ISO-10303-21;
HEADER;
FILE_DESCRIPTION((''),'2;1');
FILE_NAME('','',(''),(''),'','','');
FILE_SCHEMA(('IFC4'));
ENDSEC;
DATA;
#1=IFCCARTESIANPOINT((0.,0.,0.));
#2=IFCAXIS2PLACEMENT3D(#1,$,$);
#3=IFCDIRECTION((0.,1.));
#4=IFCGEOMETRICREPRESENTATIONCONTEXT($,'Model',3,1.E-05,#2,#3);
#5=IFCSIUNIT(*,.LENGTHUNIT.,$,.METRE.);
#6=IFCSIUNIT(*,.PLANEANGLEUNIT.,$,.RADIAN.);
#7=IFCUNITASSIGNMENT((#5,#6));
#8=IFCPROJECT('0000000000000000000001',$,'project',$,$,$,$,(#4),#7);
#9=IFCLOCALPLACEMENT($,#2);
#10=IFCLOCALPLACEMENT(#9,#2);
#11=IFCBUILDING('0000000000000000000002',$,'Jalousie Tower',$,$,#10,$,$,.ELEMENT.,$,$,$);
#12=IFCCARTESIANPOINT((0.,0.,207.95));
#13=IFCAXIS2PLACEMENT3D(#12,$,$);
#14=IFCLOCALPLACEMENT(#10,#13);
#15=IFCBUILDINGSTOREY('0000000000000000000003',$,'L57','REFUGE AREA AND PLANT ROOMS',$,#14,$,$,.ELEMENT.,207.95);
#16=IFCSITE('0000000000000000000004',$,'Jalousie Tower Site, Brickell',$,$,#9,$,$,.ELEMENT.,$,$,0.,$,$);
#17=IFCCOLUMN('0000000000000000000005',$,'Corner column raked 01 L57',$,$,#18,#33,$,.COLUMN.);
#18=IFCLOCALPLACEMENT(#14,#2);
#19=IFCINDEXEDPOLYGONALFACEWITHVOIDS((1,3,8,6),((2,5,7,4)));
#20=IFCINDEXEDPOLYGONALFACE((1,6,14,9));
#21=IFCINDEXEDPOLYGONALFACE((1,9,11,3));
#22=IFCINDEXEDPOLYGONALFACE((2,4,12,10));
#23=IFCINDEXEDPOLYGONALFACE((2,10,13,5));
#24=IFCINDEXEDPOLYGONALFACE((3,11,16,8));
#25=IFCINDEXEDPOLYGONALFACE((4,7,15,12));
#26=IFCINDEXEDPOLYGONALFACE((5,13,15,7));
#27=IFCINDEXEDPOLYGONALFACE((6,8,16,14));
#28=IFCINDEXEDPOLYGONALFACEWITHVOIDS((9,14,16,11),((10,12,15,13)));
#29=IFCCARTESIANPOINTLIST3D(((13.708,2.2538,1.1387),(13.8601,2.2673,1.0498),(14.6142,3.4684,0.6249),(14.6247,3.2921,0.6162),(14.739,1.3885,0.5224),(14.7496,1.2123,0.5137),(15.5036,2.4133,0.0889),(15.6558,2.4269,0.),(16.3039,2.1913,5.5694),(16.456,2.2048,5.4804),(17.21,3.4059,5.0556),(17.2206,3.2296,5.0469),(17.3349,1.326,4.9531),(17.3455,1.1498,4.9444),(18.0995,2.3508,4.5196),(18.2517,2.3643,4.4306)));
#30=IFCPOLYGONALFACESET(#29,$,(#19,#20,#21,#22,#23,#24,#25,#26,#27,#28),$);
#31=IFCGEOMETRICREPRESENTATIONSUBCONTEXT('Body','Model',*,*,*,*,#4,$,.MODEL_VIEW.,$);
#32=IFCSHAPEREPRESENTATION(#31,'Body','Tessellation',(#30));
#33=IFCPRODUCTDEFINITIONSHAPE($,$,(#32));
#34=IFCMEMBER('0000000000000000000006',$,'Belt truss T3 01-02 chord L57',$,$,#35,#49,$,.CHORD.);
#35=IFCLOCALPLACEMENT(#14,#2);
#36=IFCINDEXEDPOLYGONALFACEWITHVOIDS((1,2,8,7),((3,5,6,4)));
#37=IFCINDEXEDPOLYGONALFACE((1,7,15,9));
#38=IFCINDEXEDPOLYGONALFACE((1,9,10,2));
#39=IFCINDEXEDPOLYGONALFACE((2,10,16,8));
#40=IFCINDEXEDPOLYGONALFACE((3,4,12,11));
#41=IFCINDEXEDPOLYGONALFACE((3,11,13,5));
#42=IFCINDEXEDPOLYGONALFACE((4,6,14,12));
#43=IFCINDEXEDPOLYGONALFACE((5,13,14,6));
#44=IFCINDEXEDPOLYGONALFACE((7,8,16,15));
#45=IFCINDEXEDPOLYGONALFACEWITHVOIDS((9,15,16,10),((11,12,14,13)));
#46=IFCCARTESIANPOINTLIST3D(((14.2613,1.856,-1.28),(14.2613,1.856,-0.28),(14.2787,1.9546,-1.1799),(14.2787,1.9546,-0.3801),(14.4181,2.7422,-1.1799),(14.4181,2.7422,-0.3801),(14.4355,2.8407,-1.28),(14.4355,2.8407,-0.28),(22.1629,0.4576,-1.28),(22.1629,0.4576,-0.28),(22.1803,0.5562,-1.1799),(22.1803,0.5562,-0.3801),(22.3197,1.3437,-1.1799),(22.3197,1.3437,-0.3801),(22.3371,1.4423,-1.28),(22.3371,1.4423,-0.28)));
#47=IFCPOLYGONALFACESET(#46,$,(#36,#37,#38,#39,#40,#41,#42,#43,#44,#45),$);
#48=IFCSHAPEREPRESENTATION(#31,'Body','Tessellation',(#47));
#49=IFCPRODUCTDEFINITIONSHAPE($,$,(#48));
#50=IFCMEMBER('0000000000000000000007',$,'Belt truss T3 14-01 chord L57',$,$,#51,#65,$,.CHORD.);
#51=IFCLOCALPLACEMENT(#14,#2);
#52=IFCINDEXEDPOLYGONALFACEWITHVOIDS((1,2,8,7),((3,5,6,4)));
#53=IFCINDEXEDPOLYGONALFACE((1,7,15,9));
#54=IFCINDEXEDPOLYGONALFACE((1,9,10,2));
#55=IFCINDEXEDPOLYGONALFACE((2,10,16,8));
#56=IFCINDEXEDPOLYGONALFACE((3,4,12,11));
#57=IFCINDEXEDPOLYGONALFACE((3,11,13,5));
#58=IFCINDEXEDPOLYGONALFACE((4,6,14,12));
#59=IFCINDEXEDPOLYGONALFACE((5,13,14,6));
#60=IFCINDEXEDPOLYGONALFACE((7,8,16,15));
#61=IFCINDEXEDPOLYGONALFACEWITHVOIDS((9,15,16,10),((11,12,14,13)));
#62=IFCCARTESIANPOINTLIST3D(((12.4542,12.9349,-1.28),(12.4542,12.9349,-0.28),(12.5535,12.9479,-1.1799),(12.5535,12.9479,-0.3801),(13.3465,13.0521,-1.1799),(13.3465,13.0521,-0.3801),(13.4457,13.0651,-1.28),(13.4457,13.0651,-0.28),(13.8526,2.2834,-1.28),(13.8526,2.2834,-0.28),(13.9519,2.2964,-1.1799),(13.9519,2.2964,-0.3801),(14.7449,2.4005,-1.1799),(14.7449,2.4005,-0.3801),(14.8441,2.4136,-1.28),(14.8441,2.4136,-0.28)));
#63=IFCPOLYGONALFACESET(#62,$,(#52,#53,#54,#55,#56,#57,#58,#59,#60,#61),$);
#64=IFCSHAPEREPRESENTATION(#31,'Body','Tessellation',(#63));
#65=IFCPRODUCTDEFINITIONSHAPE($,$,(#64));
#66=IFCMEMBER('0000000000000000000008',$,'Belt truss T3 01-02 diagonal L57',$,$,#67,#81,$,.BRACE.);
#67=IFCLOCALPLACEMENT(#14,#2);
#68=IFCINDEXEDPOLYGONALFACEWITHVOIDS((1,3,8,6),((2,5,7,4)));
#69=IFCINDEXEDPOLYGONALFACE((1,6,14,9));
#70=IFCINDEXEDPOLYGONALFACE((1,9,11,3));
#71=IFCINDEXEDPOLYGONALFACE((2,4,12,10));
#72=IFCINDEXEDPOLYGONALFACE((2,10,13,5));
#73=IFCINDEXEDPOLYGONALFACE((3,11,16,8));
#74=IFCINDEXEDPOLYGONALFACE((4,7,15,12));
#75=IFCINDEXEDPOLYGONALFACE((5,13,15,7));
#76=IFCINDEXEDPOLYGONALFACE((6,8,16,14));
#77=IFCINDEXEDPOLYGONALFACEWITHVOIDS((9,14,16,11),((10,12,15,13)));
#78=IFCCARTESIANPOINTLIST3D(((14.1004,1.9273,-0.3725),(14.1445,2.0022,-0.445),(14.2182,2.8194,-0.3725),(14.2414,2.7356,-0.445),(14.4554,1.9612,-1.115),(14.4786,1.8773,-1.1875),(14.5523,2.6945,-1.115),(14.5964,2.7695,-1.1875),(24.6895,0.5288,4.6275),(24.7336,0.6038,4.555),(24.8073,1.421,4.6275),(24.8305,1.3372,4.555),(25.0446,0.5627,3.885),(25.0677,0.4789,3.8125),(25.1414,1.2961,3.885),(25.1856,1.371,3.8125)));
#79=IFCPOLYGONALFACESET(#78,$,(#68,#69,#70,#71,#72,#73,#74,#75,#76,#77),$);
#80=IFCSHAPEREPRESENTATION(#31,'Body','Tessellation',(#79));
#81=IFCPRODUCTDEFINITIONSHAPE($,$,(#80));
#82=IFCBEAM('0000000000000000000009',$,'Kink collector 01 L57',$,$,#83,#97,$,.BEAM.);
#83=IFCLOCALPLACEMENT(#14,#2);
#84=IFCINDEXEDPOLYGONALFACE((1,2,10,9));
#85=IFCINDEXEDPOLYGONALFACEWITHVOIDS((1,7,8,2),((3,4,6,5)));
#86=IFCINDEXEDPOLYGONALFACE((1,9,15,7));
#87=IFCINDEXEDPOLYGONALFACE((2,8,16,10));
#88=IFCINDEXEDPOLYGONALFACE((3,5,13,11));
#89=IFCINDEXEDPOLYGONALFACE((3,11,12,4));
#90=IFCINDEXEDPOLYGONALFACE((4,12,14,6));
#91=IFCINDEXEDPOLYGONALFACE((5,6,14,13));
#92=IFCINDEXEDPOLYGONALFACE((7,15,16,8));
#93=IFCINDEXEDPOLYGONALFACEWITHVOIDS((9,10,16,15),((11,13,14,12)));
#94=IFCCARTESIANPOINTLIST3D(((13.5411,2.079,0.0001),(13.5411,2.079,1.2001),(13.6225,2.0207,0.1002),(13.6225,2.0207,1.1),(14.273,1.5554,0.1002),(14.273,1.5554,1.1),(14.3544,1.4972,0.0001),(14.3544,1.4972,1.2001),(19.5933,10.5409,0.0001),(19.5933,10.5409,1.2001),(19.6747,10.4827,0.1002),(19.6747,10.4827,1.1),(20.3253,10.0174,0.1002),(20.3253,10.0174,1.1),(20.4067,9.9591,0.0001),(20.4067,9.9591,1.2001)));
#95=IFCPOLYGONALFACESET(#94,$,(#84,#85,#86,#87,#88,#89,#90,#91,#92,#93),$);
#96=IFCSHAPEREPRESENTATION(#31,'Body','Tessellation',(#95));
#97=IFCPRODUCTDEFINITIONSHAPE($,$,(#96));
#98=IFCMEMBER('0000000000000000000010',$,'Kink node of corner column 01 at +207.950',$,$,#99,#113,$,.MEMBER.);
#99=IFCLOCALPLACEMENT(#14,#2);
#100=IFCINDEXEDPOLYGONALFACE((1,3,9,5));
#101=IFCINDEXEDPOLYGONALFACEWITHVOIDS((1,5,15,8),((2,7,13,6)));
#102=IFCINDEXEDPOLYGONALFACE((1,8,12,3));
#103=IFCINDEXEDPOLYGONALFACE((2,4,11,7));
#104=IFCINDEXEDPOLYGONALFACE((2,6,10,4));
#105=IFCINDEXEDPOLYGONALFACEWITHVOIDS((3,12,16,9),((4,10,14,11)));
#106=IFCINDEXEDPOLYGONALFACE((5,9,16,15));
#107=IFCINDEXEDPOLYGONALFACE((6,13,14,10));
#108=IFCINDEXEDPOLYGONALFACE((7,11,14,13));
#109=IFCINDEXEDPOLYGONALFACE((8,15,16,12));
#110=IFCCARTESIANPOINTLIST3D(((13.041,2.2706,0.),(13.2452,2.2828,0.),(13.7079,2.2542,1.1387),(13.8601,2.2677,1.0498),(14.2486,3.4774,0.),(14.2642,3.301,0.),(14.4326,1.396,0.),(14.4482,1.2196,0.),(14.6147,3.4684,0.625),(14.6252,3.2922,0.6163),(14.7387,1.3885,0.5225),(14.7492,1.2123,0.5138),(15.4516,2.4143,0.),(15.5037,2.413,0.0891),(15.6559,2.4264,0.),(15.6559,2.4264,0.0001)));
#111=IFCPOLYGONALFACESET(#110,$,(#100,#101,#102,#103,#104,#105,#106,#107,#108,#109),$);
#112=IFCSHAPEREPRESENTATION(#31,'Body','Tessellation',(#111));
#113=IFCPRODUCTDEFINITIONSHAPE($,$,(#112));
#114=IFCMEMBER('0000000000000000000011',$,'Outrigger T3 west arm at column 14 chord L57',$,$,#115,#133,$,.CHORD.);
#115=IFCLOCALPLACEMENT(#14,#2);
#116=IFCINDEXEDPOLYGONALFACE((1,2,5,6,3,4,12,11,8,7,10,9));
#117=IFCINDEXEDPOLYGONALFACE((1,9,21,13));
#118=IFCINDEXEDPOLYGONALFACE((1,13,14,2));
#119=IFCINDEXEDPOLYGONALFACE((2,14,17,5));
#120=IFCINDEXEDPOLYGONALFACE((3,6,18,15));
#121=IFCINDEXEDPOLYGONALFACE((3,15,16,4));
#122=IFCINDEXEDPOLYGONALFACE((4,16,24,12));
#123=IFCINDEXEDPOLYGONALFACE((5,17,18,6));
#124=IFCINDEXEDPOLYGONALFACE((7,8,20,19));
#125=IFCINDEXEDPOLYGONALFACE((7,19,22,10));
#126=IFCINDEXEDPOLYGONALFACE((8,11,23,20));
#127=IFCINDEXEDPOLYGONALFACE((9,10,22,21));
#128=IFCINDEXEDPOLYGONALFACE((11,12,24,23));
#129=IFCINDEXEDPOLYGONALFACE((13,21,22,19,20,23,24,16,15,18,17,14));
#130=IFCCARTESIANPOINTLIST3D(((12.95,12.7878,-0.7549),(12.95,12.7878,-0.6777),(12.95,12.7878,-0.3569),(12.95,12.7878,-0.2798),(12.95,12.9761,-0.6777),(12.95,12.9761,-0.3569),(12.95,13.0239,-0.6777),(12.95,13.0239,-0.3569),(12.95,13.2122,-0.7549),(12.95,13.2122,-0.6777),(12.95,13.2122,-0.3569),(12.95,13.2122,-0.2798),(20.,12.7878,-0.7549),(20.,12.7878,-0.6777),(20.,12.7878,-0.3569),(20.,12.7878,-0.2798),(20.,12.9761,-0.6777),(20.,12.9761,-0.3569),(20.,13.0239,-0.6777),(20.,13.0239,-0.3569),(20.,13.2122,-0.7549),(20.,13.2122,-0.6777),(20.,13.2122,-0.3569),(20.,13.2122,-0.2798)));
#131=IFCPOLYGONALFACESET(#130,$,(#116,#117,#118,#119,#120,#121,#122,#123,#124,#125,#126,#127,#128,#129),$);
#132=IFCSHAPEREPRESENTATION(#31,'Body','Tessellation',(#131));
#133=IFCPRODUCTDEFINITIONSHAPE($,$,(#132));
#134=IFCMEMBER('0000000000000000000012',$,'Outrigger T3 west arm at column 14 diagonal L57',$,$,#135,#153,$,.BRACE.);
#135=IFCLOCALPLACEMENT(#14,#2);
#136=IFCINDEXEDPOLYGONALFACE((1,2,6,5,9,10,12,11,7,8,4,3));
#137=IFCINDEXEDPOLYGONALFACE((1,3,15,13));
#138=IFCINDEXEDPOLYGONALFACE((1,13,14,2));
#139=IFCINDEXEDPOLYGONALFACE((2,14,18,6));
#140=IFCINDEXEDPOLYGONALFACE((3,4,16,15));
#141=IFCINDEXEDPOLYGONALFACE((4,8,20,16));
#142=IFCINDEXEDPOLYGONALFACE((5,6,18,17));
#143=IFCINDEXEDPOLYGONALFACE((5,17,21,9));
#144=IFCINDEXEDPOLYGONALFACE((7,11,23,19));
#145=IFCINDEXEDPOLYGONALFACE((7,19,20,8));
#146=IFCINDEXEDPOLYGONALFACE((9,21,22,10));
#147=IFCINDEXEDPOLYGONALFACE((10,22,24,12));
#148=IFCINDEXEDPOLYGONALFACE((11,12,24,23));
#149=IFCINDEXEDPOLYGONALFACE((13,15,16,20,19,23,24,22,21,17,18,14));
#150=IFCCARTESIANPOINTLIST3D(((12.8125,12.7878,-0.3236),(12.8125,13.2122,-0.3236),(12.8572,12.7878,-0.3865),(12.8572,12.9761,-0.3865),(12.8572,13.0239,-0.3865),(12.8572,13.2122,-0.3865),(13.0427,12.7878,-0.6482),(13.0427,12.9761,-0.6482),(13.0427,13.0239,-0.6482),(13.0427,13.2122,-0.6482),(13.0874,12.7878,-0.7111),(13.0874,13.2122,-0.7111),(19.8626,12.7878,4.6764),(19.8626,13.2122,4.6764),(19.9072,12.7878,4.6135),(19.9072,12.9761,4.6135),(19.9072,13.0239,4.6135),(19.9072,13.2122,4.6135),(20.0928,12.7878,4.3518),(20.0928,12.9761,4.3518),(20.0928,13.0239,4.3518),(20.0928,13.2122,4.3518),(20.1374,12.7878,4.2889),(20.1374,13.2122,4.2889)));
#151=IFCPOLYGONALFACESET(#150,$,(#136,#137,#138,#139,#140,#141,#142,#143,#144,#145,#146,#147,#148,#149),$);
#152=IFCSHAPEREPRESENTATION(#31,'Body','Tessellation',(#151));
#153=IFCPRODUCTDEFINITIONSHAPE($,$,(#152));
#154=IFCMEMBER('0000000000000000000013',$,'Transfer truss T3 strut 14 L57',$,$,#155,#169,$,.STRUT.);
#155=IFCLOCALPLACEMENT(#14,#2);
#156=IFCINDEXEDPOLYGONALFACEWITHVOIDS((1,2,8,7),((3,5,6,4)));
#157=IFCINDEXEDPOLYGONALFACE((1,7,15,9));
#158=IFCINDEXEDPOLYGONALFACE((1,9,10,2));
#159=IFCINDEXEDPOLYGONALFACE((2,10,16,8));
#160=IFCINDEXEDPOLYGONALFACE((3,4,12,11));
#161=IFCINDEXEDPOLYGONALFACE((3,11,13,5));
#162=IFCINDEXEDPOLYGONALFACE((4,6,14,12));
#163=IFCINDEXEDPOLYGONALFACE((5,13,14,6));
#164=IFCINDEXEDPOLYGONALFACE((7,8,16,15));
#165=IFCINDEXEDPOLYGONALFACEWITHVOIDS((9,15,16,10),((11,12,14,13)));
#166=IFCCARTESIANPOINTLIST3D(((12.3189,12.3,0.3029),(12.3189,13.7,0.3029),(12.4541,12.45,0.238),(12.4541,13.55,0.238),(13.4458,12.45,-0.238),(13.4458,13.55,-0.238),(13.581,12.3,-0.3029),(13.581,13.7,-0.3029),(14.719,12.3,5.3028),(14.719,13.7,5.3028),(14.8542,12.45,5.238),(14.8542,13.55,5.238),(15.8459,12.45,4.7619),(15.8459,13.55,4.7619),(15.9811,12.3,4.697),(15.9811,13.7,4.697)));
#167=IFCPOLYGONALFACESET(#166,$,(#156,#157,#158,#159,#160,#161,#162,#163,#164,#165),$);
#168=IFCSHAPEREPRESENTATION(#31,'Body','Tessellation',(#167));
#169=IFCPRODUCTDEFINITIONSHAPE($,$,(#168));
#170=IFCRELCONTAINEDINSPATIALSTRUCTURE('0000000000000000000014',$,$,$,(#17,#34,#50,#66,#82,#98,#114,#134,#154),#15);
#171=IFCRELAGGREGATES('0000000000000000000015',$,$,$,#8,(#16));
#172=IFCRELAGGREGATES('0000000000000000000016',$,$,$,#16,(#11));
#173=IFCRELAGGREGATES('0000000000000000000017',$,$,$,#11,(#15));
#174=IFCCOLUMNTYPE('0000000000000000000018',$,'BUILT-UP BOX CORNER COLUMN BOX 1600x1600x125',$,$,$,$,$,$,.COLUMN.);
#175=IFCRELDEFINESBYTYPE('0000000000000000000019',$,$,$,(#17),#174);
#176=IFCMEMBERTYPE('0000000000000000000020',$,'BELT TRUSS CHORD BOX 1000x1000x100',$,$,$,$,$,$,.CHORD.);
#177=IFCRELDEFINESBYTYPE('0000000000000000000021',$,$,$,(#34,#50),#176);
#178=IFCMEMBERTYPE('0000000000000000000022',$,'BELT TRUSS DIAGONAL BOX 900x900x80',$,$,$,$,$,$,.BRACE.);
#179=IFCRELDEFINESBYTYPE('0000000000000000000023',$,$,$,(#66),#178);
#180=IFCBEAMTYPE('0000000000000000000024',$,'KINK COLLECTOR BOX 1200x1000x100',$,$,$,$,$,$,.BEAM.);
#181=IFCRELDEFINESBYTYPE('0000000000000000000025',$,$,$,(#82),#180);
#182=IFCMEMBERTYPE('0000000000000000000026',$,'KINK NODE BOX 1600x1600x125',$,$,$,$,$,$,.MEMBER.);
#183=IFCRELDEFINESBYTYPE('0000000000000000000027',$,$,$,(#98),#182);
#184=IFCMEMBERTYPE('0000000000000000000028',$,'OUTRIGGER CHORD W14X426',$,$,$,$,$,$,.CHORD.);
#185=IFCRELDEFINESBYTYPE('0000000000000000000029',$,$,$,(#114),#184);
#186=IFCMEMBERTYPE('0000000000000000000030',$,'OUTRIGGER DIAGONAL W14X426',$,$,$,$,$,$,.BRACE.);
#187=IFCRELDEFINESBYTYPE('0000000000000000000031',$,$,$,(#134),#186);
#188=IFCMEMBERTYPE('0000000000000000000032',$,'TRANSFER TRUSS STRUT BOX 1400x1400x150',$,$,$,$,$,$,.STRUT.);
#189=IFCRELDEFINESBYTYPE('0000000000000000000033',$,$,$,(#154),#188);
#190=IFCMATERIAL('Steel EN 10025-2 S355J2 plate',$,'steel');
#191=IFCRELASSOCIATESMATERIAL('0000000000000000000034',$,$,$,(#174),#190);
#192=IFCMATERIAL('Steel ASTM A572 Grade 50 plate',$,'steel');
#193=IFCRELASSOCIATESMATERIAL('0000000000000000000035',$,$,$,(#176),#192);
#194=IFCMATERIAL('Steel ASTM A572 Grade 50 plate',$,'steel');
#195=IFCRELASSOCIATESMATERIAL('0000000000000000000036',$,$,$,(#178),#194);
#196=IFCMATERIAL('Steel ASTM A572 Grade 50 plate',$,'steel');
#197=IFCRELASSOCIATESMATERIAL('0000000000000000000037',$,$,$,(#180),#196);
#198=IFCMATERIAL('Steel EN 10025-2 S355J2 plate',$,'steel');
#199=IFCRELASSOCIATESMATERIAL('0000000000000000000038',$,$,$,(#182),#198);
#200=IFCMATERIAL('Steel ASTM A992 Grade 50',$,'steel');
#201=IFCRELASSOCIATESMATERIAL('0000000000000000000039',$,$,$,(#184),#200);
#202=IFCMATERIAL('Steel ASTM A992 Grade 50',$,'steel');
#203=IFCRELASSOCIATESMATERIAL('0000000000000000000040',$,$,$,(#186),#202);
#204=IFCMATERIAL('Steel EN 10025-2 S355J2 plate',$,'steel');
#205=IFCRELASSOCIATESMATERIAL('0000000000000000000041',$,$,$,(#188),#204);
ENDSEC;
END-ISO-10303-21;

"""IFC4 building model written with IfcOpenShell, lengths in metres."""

from ifc_helpers import new_model, si_unit, direction, frame, origin, origin_2d, place, context, subcontext, project, spatial, hollow_rectangle, i_section, extrude, clip, halfspace, material, material_profile, profile_set, type_object, element, save


model = new_model("IFC4")

# Units and contexts
model_context = context("Model", 3, precision=1e-05, world=origin(), true_north=direction((0.0, 1.0)))
body_context = subcontext(model_context, "Body", "Model", "MODEL_VIEW")
ifc_project = project(units=[si_unit("LENGTHUNIT", "METRE"), si_unit("PLANEANGLEUNIT", "RADIAN")], contexts=[model_context])

# Site, building, storey
site_placement = place(None, origin())
site = spatial("IfcSite", under=ifc_project, at=site_placement, Name="Jalousie Tower Site, Brickell", CompositionType="ELEMENT", RefElevation=0.0)
building_placement = place(site_placement, origin())
building = spatial("IfcBuilding", under=site, at=building_placement, Name="Jalousie Tower", CompositionType="ELEMENT")
storey_placement = place(building_placement, frame((0.0, 0.0, 207.95)))
storey = spatial("IfcBuildingStorey", under=building, at=storey_placement, Name="L57", Description="REFUGE AREA AND PLANT ROOMS", CompositionType="ELEMENT", Elevation=207.95)

# Column
ifc_material_1 = material(Name="Steel EN 10025-2 S355J2 plate", Category="steel")
ifc_material_profile_1 = material_profile(ifc_material_1, hollow_rectangle(XDim=1.6001, YDim=1.6001, WallThickness=0.125, at=origin_2d()), Name="BOX 1600x1600x125")
ifc_profile_set_1 = profile_set([ifc_material_profile_1], Name="Steel EN 10025-2 S355J2 plate")
column_type = type_object("IfcColumnType", Name="BUILT-UP BOX CORNER COLUMN BOX 1600x1600x125", PredefinedType="COLUMN", material=ifc_profile_set_1)
column_placement = place(storey_placement, frame((14.6819, 2.3403, 0.5693), z_axis=(0.505478, -0.012175, 0.862754), x_axis=(0.566329, 0.759058, -0.321095)))
element("IfcColumn", 1, at=column_placement, inside=storey, type_object=column_type, Name="Corner column raked 01 L57", PredefinedType="COLUMN", context=body_context, shape_type="SweptSolid", body=[
    extrude(hollow_rectangle(XDim=1.6001, YDim=1.6001, WallThickness=0.125, at=origin_2d()), origin(), (0.0, 0.0, 1.0), 5.1355),
])

# Members
ifc_material_2 = material(Name="Steel ASTM A572 Grade 50 plate", Category="steel")
ifc_material_profile_2 = material_profile(ifc_material_2, hollow_rectangle(XDim=1.0, YDim=1.0, WallThickness=0.1001, at=origin_2d()), Name="BOX 1000x1000x100")
ifc_profile_set_2 = profile_set([ifc_material_profile_2], Name="Steel ASTM A572 Grade 50 plate")
member_type_1 = type_object("IfcMemberType", Name="BELT TRUSS CHORD BOX 1000x1000x100", PredefinedType="CHORD", material=ifc_profile_set_2)
member_1_placement = place(storey_placement, frame((14.3484, 2.3484, -0.78), z_axis=(0.984697, -0.174273, 0.0), x_axis=(0.174273, 0.984697, 0.0)))
element("IfcMember", 2, at=member_1_placement, inside=storey, type_object=member_type_1, Name="Belt truss T3 01-02 chord L57", PredefinedType="CHORD", context=body_context, shape_type="SweptSolid", body=[
    extrude(hollow_rectangle(XDim=1.0, YDim=1.0, WallThickness=0.1001, at=origin_2d()), origin(), (0.0, 0.0, 1.0), 8.0244),
])
member_2_placement = place(storey_placement, frame((12.95, 13.0, -0.78), z_axis=(0.130172, -0.991491, 0.0), x_axis=(0.991491, 0.130172, 0.0)))
element("IfcMember", 3, at=member_2_placement, inside=storey, type_object=member_type_1, Name="Belt truss T3 14-01 chord L57", PredefinedType="CHORD", context=body_context, shape_type="SweptSolid", body=[
    extrude(hollow_rectangle(XDim=1.0, YDim=1.0, WallThickness=0.1001, at=origin_2d()), origin(), (0.0, 0.0, 1.0), 10.7429),
])
ifc_material_3 = material(Name="Steel ASTM A572 Grade 50 plate", Category="steel")
ifc_material_profile_3 = material_profile(ifc_material_3, hollow_rectangle(XDim=0.8999, YDim=0.8999, WallThickness=0.0801, at=origin_2d()), Name="BOX 900x900x80")
ifc_profile_set_3 = profile_set([ifc_material_profile_3], Name="Steel ASTM A572 Grade 50 plate")
member_type_2 = type_object("IfcMemberType", Name="BELT TRUSS DIAGONAL BOX 900x900x80", PredefinedType="BRACE", material=ifc_profile_set_3)
member_3_placement = place(storey_placement, frame((14.3484, 2.3484, -0.78), z_axis=(0.897883, -0.118578, 0.423965), x_axis=(0.130927, 0.991392, 0.0)))
element("IfcMember", 4, at=member_3_placement, inside=storey, type_object=member_type_2, Name="Belt truss T3 01-02 diagonal L57", PredefinedType="BRACE", context=body_context, shape_type="SweptSolid", body=[
    extrude(hollow_rectangle(XDim=0.8999, YDim=0.8999, WallThickness=0.0801, at=origin_2d()), origin(), (0.0, 0.0, 1.0), 11.7935),
])

# Beam
ifc_material_4 = material(Name="Steel ASTM A572 Grade 50 plate", Category="steel")
ifc_material_profile_4 = material_profile(ifc_material_4, hollow_rectangle(XDim=1.0, YDim=1.2, WallThickness=0.1001, at=origin_2d()), Name="BOX 1200x1000x100")
ifc_profile_set_4 = profile_set([ifc_material_profile_4], Name="Steel ASTM A572 Grade 50 plate")
beam_type = type_object("IfcBeamType", Name="KINK COLLECTOR BOX 1200x1000x100", PredefinedType="BEAM", material=ifc_profile_set_4)
beam_placement = place(storey_placement, frame((13.9478, 1.7881, 0.6001), z_axis=(0.581749, 0.813369, 0.0), x_axis=(-0.813369, 0.581749, 0.0)))
element("IfcBeam", 5, at=beam_placement, inside=storey, type_object=beam_type, Name="Kink collector 01 L57", PredefinedType="BEAM", context=body_context, shape_type="SweptSolid", body=[
    extrude(hollow_rectangle(XDim=1.0, YDim=1.2, WallThickness=0.1001, at=origin_2d()), origin(), (0.0, 0.0, 1.0), 10.4036),
])

# Members
ifc_material_5 = material(Name="Steel EN 10025-2 S355J2 plate", Category="steel")
ifc_material_profile_5 = material_profile(ifc_material_5, hollow_rectangle(XDim=1.6001, YDim=1.6001, WallThickness=0.125, at=origin_2d()), Name="BOX 1600x1600x125")
ifc_profile_set_5 = profile_set([ifc_material_profile_5], Name="Steel EN 10025-2 S355J2 plate")
member_type_3 = type_object("IfcMemberType", Name="KINK NODE BOX 1600x1600x125", PredefinedType="MEMBER", material=ifc_profile_set_5)
member_4_placement = place(storey_placement, frame((14.0149, 2.3567, -0.5693), z_axis=(0.505396, -0.012394, 0.862799), x_axis=(0.566691, 0.758809, -0.321046)))
element("IfcMember", 6, at=member_4_placement, inside=storey, type_object=member_type_3, Name="Kink node of corner column 01 at +207.950", PredefinedType="MEMBER", context=body_context, shape_type="Clipping", body=[
    clip(extrude(hollow_rectangle(XDim=1.6001, YDim=1.6001, WallThickness=0.125, at=origin_2d()), origin(), (0.0, 0.0, 1.0), 1.3198), halfspace(frame((0.0, 0.0, 0.6599), z_axis=(-0.321046, 0.390523, 0.862799)), True)),
])
ifc_material_6 = material(Name="Steel ASTM A992 Grade 50", Category="steel")
ifc_material_profile_6 = material_profile(ifc_material_6, i_section(OverallWidth=0.4243, OverallDepth=0.4751, WebThickness=0.0479, FlangeThickness=0.0771, at=origin_2d()), Name="W14X426")
ifc_profile_set_6 = profile_set([ifc_material_profile_6], Name="Steel ASTM A992 Grade 50")
member_type_4 = type_object("IfcMemberType", Name="OUTRIGGER CHORD W14X426", PredefinedType="CHORD", material=ifc_profile_set_6)
member_5_placement = place(storey_placement, frame((12.95, 13.0, -0.5173), z_axis=(1.0, 0.0, 0.0), x_axis=(0.0, 1.0, 0.0)))
element("IfcMember", 7, at=member_5_placement, inside=storey, type_object=member_type_4, Name="Outrigger T3 west arm at column 14 chord L57", PredefinedType="CHORD", context=body_context, shape_type="SweptSolid", body=[
    extrude(i_section(OverallWidth=0.4243, OverallDepth=0.4751, WebThickness=0.0479, FlangeThickness=0.0771, at=origin_2d()), origin(), (0.0, 0.0, 1.0), 7.05),
])
ifc_material_7 = material(Name="Steel ASTM A992 Grade 50", Category="steel")
ifc_material_profile_7 = material_profile(ifc_material_7, i_section(OverallWidth=0.4243, OverallDepth=0.4751, WebThickness=0.0479, FlangeThickness=0.0771, at=origin_2d()), Name="W14X426")
ifc_profile_set_7 = profile_set([ifc_material_profile_7], Name="Steel ASTM A992 Grade 50")
member_type_5 = type_object("IfcMemberType", Name="OUTRIGGER DIAGONAL W14X426", PredefinedType="BRACE", material=ifc_profile_set_7)
member_6_placement = place(storey_placement, frame((12.95, 13.0, -0.5173), z_axis=(0.815685, 0.0, 0.578496), x_axis=(0.0, 1.0, 0.0)))
element("IfcMember", 8, at=member_6_placement, inside=storey, type_object=member_type_5, Name="Outrigger T3 west arm at column 14 diagonal L57", PredefinedType="BRACE", context=body_context, shape_type="SweptSolid", body=[
    extrude(i_section(OverallWidth=0.4243, OverallDepth=0.4751, WebThickness=0.0479, FlangeThickness=0.0771, at=origin_2d()), origin(), (0.0, 0.0, 1.0), 8.6431),
])
ifc_material_8 = material(Name="Steel EN 10025-2 S355J2 plate", Category="steel")
ifc_material_profile_8 = material_profile(ifc_material_8, hollow_rectangle(XDim=1.3999, YDim=1.3999, WallThickness=0.1499, at=origin_2d()), Name="BOX 1400x1400x150")
ifc_profile_set_8 = profile_set([ifc_material_profile_8], Name="Steel EN 10025-2 S355J2 plate")
member_type_6 = type_object("IfcMemberType", Name="TRANSFER TRUSS STRUT BOX 1400x1400x150", PredefinedType="STRUT", material=ifc_profile_set_8)
member_7_placement = place(storey_placement, frame((12.95, 13.0, 0.0), z_axis=(0.432753, 0.0, 0.901513), x_axis=(0.0, 1.0, 0.0)))
element("IfcMember", 9, at=member_7_placement, inside=storey, type_object=member_type_6, Name="Transfer truss T3 strut 14 L57", PredefinedType="STRUT", context=body_context, shape_type="SweptSolid", body=[
    extrude(hollow_rectangle(XDim=1.3999, YDim=1.3999, WallThickness=0.1499, at=origin_2d()), origin(), (0.0, 0.0, 1.0), 5.5461),
])

save(model, "model.ifc")
